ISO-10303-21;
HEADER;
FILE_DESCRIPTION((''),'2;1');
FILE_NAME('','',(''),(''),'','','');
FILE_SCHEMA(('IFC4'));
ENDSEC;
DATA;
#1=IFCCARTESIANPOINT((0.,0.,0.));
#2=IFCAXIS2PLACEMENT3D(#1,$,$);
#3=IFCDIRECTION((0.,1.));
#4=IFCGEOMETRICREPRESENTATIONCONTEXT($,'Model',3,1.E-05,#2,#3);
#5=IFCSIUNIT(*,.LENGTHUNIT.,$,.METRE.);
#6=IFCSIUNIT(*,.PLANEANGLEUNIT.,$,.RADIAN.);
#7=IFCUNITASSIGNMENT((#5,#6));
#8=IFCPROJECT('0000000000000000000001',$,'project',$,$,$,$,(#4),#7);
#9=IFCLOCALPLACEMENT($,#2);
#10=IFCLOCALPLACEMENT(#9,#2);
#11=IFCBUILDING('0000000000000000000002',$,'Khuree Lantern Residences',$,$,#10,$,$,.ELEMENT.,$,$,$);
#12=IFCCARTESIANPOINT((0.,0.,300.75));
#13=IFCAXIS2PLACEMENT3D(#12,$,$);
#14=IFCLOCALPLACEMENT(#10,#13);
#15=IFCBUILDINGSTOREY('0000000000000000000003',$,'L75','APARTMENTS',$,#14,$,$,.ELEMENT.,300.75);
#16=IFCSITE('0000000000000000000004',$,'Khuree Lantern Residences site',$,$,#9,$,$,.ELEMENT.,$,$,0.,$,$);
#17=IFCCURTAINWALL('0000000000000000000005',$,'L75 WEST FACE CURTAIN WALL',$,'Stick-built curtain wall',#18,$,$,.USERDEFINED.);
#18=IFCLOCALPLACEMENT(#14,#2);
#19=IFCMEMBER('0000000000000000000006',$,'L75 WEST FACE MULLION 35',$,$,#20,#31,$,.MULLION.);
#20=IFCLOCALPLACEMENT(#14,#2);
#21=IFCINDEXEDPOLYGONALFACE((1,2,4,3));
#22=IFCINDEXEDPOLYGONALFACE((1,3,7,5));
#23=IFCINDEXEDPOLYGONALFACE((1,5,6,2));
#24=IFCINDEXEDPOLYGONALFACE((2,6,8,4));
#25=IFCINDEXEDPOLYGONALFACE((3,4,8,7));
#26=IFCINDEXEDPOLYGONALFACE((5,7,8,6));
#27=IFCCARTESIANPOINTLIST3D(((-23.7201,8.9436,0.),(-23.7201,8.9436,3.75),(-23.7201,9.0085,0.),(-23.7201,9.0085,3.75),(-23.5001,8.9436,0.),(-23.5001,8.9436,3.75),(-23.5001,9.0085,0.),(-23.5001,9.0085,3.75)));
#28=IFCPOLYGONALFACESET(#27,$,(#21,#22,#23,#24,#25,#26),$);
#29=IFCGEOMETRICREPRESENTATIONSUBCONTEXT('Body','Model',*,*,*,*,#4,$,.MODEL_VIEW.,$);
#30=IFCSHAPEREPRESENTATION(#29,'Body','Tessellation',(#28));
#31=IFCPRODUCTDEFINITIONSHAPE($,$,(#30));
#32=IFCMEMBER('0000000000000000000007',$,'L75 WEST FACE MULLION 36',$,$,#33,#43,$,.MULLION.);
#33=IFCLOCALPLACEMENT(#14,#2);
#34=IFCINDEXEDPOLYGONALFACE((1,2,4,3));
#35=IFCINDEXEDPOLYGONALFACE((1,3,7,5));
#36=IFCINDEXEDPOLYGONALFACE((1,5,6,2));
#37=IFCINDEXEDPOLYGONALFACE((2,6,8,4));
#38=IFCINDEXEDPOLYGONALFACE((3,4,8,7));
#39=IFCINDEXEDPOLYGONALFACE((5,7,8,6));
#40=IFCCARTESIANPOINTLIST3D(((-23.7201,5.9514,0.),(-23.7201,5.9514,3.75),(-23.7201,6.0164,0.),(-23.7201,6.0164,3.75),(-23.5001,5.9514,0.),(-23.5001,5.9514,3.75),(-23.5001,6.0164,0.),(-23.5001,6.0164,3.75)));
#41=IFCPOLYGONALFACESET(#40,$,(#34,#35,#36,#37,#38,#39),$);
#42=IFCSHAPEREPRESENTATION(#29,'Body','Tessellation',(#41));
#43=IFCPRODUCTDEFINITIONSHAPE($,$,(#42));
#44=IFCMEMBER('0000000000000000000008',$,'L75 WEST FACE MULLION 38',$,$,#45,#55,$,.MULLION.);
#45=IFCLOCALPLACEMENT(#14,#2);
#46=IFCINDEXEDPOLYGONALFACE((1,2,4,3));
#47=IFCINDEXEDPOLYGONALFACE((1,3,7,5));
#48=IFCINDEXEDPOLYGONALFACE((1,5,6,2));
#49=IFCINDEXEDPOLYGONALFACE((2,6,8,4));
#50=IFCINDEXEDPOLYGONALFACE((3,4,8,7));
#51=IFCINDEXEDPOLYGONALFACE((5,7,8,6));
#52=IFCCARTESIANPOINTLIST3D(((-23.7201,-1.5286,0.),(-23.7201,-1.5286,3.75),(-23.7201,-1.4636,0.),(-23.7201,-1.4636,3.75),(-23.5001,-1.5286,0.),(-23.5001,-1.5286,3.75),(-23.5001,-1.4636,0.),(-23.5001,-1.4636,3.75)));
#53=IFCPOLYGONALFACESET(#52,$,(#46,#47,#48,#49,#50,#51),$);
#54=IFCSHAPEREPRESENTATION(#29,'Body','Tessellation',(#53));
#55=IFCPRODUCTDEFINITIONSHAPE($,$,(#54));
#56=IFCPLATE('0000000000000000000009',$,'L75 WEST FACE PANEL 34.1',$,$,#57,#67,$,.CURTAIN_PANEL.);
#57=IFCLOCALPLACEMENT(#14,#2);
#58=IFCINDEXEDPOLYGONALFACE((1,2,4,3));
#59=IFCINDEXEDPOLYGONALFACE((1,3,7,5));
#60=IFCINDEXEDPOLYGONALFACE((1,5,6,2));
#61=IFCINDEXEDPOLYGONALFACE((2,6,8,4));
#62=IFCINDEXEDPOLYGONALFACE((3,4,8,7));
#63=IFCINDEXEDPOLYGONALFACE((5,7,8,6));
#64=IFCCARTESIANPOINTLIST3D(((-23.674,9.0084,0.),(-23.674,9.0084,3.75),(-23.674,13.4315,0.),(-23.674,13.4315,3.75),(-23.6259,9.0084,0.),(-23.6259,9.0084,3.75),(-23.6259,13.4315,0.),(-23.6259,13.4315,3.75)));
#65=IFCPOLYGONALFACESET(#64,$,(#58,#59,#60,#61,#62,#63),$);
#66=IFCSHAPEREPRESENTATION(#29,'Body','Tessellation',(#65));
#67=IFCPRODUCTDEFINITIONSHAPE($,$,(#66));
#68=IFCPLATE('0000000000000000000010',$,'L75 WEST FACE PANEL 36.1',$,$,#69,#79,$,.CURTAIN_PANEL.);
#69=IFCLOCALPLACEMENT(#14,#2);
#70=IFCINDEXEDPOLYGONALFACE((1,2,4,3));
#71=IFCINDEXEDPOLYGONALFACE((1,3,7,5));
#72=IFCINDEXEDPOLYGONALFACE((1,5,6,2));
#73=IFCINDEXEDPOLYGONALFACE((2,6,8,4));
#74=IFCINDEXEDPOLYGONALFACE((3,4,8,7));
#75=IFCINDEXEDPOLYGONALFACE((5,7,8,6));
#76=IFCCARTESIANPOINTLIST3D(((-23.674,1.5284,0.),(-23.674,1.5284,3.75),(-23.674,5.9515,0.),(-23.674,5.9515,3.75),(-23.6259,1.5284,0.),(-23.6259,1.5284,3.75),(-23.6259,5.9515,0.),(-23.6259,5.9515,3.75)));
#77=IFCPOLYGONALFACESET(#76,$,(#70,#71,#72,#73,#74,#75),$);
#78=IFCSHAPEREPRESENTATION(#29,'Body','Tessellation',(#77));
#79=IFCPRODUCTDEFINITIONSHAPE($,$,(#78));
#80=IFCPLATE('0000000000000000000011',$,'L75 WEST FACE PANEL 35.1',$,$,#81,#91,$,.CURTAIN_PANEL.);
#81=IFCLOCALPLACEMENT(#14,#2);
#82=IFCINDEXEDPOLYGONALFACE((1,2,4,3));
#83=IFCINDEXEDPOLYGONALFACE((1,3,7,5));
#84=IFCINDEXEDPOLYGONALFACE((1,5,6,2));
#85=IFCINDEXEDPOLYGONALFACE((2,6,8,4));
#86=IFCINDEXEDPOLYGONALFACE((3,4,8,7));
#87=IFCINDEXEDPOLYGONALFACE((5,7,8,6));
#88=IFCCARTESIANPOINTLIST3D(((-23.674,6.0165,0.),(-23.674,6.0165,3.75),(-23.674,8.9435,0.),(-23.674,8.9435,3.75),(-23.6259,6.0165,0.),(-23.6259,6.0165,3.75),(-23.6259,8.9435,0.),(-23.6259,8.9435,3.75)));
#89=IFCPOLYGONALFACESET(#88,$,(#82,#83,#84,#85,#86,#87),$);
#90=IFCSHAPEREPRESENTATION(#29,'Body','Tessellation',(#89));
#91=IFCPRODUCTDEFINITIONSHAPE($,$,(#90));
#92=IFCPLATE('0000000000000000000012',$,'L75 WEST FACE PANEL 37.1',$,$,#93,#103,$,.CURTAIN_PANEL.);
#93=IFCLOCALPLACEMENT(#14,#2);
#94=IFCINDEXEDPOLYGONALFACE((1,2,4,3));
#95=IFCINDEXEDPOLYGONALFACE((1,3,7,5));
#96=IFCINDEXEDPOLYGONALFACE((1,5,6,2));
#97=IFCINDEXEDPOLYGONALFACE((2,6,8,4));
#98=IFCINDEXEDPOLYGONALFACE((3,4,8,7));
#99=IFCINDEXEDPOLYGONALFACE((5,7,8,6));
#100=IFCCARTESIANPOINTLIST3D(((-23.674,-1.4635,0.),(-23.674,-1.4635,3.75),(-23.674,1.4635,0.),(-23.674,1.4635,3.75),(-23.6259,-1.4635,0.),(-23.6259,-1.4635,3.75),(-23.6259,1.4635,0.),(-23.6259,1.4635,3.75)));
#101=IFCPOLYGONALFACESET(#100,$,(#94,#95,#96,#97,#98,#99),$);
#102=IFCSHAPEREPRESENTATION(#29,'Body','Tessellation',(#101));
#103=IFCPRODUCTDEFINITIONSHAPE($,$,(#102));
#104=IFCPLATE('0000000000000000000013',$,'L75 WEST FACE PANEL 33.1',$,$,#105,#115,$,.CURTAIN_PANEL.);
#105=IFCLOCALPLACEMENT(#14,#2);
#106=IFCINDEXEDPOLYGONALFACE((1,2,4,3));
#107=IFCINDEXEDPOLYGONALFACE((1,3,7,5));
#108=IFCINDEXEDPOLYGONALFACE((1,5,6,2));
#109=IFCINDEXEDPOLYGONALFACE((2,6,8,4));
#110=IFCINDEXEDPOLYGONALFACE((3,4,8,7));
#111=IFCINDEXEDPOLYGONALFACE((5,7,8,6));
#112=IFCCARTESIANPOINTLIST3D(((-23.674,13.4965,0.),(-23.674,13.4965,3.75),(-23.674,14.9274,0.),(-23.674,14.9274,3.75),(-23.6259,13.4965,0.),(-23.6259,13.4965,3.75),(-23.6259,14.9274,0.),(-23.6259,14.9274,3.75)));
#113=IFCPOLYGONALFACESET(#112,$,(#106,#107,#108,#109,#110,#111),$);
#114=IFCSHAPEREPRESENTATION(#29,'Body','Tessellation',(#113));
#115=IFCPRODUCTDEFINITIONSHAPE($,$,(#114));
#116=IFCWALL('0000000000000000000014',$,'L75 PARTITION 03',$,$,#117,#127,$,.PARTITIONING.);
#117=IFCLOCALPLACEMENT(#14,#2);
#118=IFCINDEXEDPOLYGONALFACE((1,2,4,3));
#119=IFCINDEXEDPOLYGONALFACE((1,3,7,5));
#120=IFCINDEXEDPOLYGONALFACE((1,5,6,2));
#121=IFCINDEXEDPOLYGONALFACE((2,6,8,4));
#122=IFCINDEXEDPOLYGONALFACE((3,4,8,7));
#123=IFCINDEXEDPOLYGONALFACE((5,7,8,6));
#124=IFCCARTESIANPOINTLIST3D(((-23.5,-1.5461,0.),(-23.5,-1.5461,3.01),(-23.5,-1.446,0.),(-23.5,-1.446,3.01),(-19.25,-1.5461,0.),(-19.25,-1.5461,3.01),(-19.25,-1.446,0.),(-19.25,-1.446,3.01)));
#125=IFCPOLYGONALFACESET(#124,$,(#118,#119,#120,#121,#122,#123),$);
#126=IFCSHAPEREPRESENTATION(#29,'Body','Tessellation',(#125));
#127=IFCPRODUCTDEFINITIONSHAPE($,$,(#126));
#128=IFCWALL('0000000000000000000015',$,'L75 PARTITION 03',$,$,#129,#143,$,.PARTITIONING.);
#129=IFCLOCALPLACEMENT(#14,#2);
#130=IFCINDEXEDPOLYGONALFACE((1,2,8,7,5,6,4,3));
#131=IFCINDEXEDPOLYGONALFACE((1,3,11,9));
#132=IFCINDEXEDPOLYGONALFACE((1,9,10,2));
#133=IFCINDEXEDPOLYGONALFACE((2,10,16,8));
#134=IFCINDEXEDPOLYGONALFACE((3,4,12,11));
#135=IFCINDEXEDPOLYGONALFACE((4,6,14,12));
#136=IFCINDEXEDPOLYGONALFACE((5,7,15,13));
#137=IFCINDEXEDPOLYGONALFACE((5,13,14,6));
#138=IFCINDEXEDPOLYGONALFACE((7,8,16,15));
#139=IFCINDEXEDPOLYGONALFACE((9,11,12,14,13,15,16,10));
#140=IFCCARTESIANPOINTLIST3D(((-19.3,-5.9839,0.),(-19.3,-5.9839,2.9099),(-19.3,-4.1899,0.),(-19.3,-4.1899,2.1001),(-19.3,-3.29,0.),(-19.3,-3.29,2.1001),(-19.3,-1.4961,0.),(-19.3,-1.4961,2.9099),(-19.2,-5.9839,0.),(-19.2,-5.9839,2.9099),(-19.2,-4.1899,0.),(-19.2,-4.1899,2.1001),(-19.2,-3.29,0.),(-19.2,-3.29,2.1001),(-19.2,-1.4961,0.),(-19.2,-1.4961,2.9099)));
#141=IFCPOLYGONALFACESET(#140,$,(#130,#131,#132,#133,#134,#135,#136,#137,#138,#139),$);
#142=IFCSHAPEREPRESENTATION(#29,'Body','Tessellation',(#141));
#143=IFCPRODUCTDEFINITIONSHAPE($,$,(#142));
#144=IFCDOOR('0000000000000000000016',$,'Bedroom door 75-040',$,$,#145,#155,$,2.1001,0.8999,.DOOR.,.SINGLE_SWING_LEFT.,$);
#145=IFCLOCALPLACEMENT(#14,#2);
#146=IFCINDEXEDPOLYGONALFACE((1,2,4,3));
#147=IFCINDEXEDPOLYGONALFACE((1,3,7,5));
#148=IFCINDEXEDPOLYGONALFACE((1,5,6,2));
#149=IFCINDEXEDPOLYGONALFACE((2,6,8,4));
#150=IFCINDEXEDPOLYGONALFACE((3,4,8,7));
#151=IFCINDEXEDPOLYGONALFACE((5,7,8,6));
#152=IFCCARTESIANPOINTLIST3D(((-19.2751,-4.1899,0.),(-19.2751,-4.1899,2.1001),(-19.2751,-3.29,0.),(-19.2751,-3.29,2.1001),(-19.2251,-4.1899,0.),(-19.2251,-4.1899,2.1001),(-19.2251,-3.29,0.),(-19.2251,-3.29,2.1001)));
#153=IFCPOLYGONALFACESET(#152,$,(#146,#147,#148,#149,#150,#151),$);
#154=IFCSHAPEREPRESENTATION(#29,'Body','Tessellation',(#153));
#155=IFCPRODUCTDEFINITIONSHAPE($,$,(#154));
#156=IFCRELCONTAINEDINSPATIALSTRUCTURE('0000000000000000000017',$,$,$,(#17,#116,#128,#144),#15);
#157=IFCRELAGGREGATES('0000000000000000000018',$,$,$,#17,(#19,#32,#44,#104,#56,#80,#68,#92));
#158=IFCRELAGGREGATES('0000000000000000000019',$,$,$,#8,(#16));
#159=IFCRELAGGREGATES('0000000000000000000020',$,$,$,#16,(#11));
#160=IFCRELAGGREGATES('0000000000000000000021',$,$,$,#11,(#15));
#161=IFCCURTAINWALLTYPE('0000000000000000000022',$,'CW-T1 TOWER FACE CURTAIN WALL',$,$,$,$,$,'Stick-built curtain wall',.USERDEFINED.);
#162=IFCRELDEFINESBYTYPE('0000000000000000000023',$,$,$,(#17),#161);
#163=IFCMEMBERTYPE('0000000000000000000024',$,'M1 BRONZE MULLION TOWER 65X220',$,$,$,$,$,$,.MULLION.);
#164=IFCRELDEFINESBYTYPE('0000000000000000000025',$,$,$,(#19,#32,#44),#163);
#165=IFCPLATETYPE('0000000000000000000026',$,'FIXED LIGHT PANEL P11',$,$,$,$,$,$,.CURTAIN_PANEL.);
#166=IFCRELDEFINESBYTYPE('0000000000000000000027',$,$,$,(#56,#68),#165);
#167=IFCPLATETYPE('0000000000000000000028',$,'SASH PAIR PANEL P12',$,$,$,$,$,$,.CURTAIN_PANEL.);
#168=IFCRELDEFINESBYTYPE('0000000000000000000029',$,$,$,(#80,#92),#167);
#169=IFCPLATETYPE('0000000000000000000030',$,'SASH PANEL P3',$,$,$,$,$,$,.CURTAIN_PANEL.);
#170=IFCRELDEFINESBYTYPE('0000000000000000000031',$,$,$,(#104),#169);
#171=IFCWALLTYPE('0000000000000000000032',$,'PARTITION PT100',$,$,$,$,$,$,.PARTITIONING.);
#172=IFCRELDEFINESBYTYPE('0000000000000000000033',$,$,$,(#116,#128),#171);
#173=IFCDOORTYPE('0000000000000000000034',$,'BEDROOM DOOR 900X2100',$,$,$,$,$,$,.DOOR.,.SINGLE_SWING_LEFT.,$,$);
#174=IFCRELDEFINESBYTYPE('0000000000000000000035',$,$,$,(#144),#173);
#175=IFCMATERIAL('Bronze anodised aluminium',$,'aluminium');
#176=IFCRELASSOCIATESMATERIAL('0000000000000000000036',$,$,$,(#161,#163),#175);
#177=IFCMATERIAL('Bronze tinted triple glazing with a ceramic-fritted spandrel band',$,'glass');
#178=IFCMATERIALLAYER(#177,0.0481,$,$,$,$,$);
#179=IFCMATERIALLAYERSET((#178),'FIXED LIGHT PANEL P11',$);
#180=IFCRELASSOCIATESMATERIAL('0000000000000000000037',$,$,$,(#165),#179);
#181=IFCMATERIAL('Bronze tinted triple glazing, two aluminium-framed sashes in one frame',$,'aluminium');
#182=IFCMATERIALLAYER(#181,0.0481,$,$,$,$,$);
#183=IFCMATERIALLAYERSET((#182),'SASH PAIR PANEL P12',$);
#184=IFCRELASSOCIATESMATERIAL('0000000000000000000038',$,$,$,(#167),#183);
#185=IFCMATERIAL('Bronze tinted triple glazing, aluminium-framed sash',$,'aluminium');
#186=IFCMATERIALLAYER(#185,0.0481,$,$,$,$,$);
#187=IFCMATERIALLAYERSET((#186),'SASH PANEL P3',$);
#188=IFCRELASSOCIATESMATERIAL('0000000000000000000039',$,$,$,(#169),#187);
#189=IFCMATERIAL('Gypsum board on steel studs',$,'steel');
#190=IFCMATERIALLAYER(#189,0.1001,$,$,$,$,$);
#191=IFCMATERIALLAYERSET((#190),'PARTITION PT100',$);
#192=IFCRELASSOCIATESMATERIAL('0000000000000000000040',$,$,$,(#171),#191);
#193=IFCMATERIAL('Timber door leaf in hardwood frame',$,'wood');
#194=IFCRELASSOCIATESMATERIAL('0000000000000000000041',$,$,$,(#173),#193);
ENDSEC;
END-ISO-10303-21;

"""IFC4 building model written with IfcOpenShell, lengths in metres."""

from ifc_helpers import new_model, si_unit, direction, frame, frame_2d, origin, origin_2d, place, context, subcontext, project, spatial, rectangle, extrude, material, layer, layer_set, material_profile, profile_set, type_object, element, fill, aggregate, save


model = new_model("IFC4")

# Units and contexts
model_context = context("Model", 3, precision=1e-05, world=origin(), true_north=direction((0.0, 1.0)))
body_context = subcontext(model_context, "Body", "Model", "MODEL_VIEW")
ifc_project = project(units=[si_unit("LENGTHUNIT", "METRE"), si_unit("PLANEANGLEUNIT", "RADIAN")], contexts=[model_context])

# Site, building, storey
site_placement = place(None, origin())
site = spatial("IfcSite", under=ifc_project, at=site_placement, Name="Khuree Lantern Residences site", CompositionType="ELEMENT", RefElevation=0.0)
building_placement = place(site_placement, origin())
building = spatial("IfcBuilding", under=site, at=building_placement, Name="Khuree Lantern Residences", CompositionType="ELEMENT")
storey_placement = place(building_placement, frame((0.0, 0.0, 300.75)))
storey = spatial("IfcBuildingStorey", under=building, at=storey_placement, Name="L75", Description="APARTMENTS", CompositionType="ELEMENT", Elevation=300.75)

# Curtain wall
ifc_material_1 = material(Name="Bronze anodised aluminium", Category="aluminium")
curtain_wall_type = type_object("IfcCurtainWallType", Name="CW-T1 TOWER FACE CURTAIN WALL", ElementType="Stick-built curtain wall", PredefinedType="USERDEFINED", material=ifc_material_1)
curtain_wall_placement = place(storey_placement, origin())
curtain_wall = element("IfcCurtainWall", 1, at=curtain_wall_placement, inside=storey, type_object=curtain_wall_type, Name="L75 WEST FACE CURTAIN WALL", ObjectType="Stick-built curtain wall", PredefinedType="USERDEFINED")

# Members
ifc_material_profile_1 = material_profile(ifc_material_1, rectangle(XDim=0.0649, YDim=0.22, at=origin_2d()), Name="M1 65X220")
ifc_profile_set_1 = profile_set([ifc_material_profile_1], Name="Bronze anodised aluminium")
member_type_1 = type_object("IfcMemberType", Name="M1 BRONZE MULLION TOWER 65X220", PredefinedType="MULLION", material=ifc_profile_set_1)
member_1_placement = place(storey_placement, frame((-23.6101, 8.9761, 0.0), z_axis=(0.0, 0.0, 1.0), x_axis=(0.0, -1.0, 0.0)))
member_1 = element("IfcMember", 2, at=member_1_placement, type_object=member_type_1, Name="L75 WEST FACE MULLION 35", PredefinedType="MULLION", context=body_context, shape_type="SweptSolid", body=[
    extrude(rectangle(XDim=0.0649, YDim=0.22, at=origin_2d()), origin(), (0.0, 0.0, 1.0), 3.75),
])
member_2_placement = place(storey_placement, frame((-23.6101, 5.9839, 0.0), z_axis=(0.0, 0.0, 1.0), x_axis=(0.0, -1.0, 0.0)))
member_2 = element("IfcMember", 3, at=member_2_placement, type_object=member_type_1, Name="L75 WEST FACE MULLION 36", PredefinedType="MULLION", context=body_context, shape_type="SweptSolid", body=[
    extrude(rectangle(XDim=0.0649, YDim=0.22, at=origin_2d()), origin(), (0.0, 0.0, 1.0), 3.75),
])
member_3_placement = place(storey_placement, frame((-23.6101, -1.4961, 0.0), z_axis=(0.0, 0.0, 1.0), x_axis=(0.0, -1.0, 0.0)))
member_3 = element("IfcMember", 4, at=member_3_placement, type_object=member_type_1, Name="L75 WEST FACE MULLION 38", PredefinedType="MULLION", context=body_context, shape_type="SweptSolid", body=[
    extrude(rectangle(XDim=0.0649, YDim=0.22, at=origin_2d()), origin(), (0.0, 0.0, 1.0), 3.75),
])

# Plates
ifc_material_2 = material(Name="Bronze tinted triple glazing with a ceramic-fritted spandrel band", Category="glass")
ifc_layer_1 = layer(ifc_material_2, 0.0481)
ifc_layer_set_1 = layer_set([ifc_layer_1], Name="FIXED LIGHT PANEL P11")
plate_type_1 = type_object("IfcPlateType", Name="FIXED LIGHT PANEL P11", PredefinedType="CURTAIN_PANEL", material=ifc_layer_set_1)
plate_1_placement = place(storey_placement, frame((-23.6499, 11.22, 0.0), z_axis=(0.0, 0.0, 1.0), x_axis=(0.0, -1.0, 0.0)))
plate_1 = element("IfcPlate", 5, at=plate_1_placement, type_object=plate_type_1, Name="L75 WEST FACE PANEL 34.1", PredefinedType="CURTAIN_PANEL", context=body_context, shape_type="SweptSolid", body=[
    extrude(rectangle(XDim=4.4231, YDim=0.0481, at=origin_2d()), origin(), (0.0, 0.0, 1.0), 3.75),
])
plate_2_placement = place(storey_placement, frame((-23.6499, 3.74, 0.0), z_axis=(0.0, 0.0, 1.0), x_axis=(0.0, -1.0, 0.0)))
plate_2 = element("IfcPlate", 6, at=plate_2_placement, type_object=plate_type_1, Name="L75 WEST FACE PANEL 36.1", PredefinedType="CURTAIN_PANEL", context=body_context, shape_type="SweptSolid", body=[
    extrude(rectangle(XDim=4.4231, YDim=0.0481, at=origin_2d()), origin(), (0.0, 0.0, 1.0), 3.75),
])
ifc_material_3 = material(Name="Bronze tinted triple glazing, two aluminium-framed sashes in one frame", Category="aluminium")
ifc_layer_2 = layer(ifc_material_3, 0.0481)
ifc_layer_set_2 = layer_set([ifc_layer_2], Name="SASH PAIR PANEL P12")
plate_type_2 = type_object("IfcPlateType", Name="SASH PAIR PANEL P12", PredefinedType="CURTAIN_PANEL", material=ifc_layer_set_2)
plate_3_placement = place(storey_placement, frame((-23.6499, 7.48, 0.0), z_axis=(0.0, 0.0, 1.0), x_axis=(0.0, -1.0, 0.0)))
plate_3 = element("IfcPlate", 7, at=plate_3_placement, type_object=plate_type_2, Name="L75 WEST FACE PANEL 35.1", PredefinedType="CURTAIN_PANEL", context=body_context, shape_type="SweptSolid", body=[
    extrude(rectangle(XDim=2.927, YDim=0.0481, at=origin_2d()), origin(), (0.0, 0.0, 1.0), 3.75),
])
plate_4_placement = place(storey_placement, frame((-23.6499, 0.0, 0.0), z_axis=(0.0, 0.0, 1.0), x_axis=(0.0, -1.0, 0.0)))
plate_4 = element("IfcPlate", 8, at=plate_4_placement, type_object=plate_type_2, Name="L75 WEST FACE PANEL 37.1", PredefinedType="CURTAIN_PANEL", context=body_context, shape_type="SweptSolid", body=[
    extrude(rectangle(XDim=2.927, YDim=0.0481, at=origin_2d()), origin(), (0.0, 0.0, 1.0), 3.75),
])
ifc_material_4 = material(Name="Bronze tinted triple glazing, aluminium-framed sash", Category="aluminium")
ifc_layer_3 = layer(ifc_material_4, 0.0481)
ifc_layer_set_3 = layer_set([ifc_layer_3], Name="SASH PANEL P3")
plate_type_3 = type_object("IfcPlateType", Name="SASH PANEL P3", PredefinedType="CURTAIN_PANEL", material=ifc_layer_set_3)
plate_5_placement = place(storey_placement, frame((-23.6499, 14.2119, 0.0), z_axis=(0.0, 0.0, 1.0), x_axis=(0.0, -1.0, 0.0)))
plate_5 = element("IfcPlate", 9, at=plate_5_placement, type_object=plate_type_3, Name="L75 WEST FACE PANEL 33.1", PredefinedType="CURTAIN_PANEL", context=body_context, shape_type="SweptSolid", body=[
    extrude(rectangle(XDim=1.4309, YDim=0.0481, at=origin_2d()), origin(), (0.0, 0.0, 1.0), 3.75),
])
aggregate(curtain_wall, [member_1, member_2, member_3, plate_5, plate_1, plate_3, plate_2, plate_4])

# Wall
ifc_material_5 = material(Name="Gypsum board on steel studs", Category="steel")
ifc_layer_4 = layer(ifc_material_5, 0.1001)
ifc_layer_set_4 = layer_set([ifc_layer_4], Name="PARTITION PT100")
wall_type = type_object("IfcWallType", Name="PARTITION PT100", PredefinedType="PARTITIONING", material=ifc_layer_set_4)
wall_1_placement = place(storey_placement, frame((-19.25, -1.4961, 0.0), z_axis=(0.0, 0.0, 1.0), x_axis=(-1.0, 0.0, 0.0)))
element("IfcWall", 10, at=wall_1_placement, inside=storey, type_object=wall_type, Name="L75 PARTITION 03", PredefinedType="PARTITIONING", context=body_context, shape_type="SweptSolid", body=[
    extrude(rectangle(XDim=4.25, YDim=0.1001, at=frame_2d((2.125, 0.0))), origin(), (0.0, 0.0, 1.0), 3.01),
])

# Wall, opening, door
wall_2_placement = place(storey_placement, frame((-19.25, -1.4961, 0.0), z_axis=(0.0, 0.0, 1.0), x_axis=(0.0, -1.0, 0.0)))
wall_2 = element("IfcWall", 11, at=wall_2_placement, inside=storey, type_object=wall_type, Name="L75 PARTITION 03", PredefinedType="PARTITIONING", context=body_context, shape_type="SweptSolid", body=[
    extrude(rectangle(XDim=4.4878, YDim=0.1001, at=frame_2d((2.2439, 0.0))), origin(), (0.0, 0.0, 1.0), 2.9099),
])
opening_placement = place(wall_2_placement, frame((1.7939, 0.0, 0.0)))
opening = element("IfcOpeningElement", 12, at=opening_placement, cuts=wall_2, PredefinedType="OPENING", context=body_context, shape_type="SweptSolid", body=[
    extrude(rectangle(XDim=0.8999, YDim=2.1001, at=frame_2d((0.45, 1.05))), frame((0.0, 0.0601, 0.0), z_axis=(0.0, -1.0, 0.0), x_axis=(1.0, 0.0, 0.0)), (0.0, 0.0, 1.0), 0.1201),
])
ifc_material_6 = material(Name="Timber door leaf in hardwood frame", Category="wood")
door_type = type_object("IfcDoorType", Name="BEDROOM DOOR 900X2100", OperationType="SINGLE_SWING_LEFT", PredefinedType="DOOR", material=ifc_material_6)
door_placement = place(opening_placement, origin())
door = element("IfcDoor", 13, at=door_placement, inside=storey, type_object=door_type, Name="Bedroom door 75-040", OperationType="SINGLE_SWING_LEFT", OverallHeight=2.1001, OverallWidth=0.8999, PredefinedType="DOOR", context=body_context, shape_type="SweptSolid", body=[
    extrude(rectangle(XDim=0.8999, YDim=2.1001, at=frame_2d((0.45, 1.05))), frame((0.0, 0.0249, 0.0), z_axis=(0.0, -1.0, 0.0), x_axis=(1.0, 0.0, 0.0)), (0.0, 0.0, 1.0), 0.05),
])
fill(opening, door)

save(model, "model.ifc")
